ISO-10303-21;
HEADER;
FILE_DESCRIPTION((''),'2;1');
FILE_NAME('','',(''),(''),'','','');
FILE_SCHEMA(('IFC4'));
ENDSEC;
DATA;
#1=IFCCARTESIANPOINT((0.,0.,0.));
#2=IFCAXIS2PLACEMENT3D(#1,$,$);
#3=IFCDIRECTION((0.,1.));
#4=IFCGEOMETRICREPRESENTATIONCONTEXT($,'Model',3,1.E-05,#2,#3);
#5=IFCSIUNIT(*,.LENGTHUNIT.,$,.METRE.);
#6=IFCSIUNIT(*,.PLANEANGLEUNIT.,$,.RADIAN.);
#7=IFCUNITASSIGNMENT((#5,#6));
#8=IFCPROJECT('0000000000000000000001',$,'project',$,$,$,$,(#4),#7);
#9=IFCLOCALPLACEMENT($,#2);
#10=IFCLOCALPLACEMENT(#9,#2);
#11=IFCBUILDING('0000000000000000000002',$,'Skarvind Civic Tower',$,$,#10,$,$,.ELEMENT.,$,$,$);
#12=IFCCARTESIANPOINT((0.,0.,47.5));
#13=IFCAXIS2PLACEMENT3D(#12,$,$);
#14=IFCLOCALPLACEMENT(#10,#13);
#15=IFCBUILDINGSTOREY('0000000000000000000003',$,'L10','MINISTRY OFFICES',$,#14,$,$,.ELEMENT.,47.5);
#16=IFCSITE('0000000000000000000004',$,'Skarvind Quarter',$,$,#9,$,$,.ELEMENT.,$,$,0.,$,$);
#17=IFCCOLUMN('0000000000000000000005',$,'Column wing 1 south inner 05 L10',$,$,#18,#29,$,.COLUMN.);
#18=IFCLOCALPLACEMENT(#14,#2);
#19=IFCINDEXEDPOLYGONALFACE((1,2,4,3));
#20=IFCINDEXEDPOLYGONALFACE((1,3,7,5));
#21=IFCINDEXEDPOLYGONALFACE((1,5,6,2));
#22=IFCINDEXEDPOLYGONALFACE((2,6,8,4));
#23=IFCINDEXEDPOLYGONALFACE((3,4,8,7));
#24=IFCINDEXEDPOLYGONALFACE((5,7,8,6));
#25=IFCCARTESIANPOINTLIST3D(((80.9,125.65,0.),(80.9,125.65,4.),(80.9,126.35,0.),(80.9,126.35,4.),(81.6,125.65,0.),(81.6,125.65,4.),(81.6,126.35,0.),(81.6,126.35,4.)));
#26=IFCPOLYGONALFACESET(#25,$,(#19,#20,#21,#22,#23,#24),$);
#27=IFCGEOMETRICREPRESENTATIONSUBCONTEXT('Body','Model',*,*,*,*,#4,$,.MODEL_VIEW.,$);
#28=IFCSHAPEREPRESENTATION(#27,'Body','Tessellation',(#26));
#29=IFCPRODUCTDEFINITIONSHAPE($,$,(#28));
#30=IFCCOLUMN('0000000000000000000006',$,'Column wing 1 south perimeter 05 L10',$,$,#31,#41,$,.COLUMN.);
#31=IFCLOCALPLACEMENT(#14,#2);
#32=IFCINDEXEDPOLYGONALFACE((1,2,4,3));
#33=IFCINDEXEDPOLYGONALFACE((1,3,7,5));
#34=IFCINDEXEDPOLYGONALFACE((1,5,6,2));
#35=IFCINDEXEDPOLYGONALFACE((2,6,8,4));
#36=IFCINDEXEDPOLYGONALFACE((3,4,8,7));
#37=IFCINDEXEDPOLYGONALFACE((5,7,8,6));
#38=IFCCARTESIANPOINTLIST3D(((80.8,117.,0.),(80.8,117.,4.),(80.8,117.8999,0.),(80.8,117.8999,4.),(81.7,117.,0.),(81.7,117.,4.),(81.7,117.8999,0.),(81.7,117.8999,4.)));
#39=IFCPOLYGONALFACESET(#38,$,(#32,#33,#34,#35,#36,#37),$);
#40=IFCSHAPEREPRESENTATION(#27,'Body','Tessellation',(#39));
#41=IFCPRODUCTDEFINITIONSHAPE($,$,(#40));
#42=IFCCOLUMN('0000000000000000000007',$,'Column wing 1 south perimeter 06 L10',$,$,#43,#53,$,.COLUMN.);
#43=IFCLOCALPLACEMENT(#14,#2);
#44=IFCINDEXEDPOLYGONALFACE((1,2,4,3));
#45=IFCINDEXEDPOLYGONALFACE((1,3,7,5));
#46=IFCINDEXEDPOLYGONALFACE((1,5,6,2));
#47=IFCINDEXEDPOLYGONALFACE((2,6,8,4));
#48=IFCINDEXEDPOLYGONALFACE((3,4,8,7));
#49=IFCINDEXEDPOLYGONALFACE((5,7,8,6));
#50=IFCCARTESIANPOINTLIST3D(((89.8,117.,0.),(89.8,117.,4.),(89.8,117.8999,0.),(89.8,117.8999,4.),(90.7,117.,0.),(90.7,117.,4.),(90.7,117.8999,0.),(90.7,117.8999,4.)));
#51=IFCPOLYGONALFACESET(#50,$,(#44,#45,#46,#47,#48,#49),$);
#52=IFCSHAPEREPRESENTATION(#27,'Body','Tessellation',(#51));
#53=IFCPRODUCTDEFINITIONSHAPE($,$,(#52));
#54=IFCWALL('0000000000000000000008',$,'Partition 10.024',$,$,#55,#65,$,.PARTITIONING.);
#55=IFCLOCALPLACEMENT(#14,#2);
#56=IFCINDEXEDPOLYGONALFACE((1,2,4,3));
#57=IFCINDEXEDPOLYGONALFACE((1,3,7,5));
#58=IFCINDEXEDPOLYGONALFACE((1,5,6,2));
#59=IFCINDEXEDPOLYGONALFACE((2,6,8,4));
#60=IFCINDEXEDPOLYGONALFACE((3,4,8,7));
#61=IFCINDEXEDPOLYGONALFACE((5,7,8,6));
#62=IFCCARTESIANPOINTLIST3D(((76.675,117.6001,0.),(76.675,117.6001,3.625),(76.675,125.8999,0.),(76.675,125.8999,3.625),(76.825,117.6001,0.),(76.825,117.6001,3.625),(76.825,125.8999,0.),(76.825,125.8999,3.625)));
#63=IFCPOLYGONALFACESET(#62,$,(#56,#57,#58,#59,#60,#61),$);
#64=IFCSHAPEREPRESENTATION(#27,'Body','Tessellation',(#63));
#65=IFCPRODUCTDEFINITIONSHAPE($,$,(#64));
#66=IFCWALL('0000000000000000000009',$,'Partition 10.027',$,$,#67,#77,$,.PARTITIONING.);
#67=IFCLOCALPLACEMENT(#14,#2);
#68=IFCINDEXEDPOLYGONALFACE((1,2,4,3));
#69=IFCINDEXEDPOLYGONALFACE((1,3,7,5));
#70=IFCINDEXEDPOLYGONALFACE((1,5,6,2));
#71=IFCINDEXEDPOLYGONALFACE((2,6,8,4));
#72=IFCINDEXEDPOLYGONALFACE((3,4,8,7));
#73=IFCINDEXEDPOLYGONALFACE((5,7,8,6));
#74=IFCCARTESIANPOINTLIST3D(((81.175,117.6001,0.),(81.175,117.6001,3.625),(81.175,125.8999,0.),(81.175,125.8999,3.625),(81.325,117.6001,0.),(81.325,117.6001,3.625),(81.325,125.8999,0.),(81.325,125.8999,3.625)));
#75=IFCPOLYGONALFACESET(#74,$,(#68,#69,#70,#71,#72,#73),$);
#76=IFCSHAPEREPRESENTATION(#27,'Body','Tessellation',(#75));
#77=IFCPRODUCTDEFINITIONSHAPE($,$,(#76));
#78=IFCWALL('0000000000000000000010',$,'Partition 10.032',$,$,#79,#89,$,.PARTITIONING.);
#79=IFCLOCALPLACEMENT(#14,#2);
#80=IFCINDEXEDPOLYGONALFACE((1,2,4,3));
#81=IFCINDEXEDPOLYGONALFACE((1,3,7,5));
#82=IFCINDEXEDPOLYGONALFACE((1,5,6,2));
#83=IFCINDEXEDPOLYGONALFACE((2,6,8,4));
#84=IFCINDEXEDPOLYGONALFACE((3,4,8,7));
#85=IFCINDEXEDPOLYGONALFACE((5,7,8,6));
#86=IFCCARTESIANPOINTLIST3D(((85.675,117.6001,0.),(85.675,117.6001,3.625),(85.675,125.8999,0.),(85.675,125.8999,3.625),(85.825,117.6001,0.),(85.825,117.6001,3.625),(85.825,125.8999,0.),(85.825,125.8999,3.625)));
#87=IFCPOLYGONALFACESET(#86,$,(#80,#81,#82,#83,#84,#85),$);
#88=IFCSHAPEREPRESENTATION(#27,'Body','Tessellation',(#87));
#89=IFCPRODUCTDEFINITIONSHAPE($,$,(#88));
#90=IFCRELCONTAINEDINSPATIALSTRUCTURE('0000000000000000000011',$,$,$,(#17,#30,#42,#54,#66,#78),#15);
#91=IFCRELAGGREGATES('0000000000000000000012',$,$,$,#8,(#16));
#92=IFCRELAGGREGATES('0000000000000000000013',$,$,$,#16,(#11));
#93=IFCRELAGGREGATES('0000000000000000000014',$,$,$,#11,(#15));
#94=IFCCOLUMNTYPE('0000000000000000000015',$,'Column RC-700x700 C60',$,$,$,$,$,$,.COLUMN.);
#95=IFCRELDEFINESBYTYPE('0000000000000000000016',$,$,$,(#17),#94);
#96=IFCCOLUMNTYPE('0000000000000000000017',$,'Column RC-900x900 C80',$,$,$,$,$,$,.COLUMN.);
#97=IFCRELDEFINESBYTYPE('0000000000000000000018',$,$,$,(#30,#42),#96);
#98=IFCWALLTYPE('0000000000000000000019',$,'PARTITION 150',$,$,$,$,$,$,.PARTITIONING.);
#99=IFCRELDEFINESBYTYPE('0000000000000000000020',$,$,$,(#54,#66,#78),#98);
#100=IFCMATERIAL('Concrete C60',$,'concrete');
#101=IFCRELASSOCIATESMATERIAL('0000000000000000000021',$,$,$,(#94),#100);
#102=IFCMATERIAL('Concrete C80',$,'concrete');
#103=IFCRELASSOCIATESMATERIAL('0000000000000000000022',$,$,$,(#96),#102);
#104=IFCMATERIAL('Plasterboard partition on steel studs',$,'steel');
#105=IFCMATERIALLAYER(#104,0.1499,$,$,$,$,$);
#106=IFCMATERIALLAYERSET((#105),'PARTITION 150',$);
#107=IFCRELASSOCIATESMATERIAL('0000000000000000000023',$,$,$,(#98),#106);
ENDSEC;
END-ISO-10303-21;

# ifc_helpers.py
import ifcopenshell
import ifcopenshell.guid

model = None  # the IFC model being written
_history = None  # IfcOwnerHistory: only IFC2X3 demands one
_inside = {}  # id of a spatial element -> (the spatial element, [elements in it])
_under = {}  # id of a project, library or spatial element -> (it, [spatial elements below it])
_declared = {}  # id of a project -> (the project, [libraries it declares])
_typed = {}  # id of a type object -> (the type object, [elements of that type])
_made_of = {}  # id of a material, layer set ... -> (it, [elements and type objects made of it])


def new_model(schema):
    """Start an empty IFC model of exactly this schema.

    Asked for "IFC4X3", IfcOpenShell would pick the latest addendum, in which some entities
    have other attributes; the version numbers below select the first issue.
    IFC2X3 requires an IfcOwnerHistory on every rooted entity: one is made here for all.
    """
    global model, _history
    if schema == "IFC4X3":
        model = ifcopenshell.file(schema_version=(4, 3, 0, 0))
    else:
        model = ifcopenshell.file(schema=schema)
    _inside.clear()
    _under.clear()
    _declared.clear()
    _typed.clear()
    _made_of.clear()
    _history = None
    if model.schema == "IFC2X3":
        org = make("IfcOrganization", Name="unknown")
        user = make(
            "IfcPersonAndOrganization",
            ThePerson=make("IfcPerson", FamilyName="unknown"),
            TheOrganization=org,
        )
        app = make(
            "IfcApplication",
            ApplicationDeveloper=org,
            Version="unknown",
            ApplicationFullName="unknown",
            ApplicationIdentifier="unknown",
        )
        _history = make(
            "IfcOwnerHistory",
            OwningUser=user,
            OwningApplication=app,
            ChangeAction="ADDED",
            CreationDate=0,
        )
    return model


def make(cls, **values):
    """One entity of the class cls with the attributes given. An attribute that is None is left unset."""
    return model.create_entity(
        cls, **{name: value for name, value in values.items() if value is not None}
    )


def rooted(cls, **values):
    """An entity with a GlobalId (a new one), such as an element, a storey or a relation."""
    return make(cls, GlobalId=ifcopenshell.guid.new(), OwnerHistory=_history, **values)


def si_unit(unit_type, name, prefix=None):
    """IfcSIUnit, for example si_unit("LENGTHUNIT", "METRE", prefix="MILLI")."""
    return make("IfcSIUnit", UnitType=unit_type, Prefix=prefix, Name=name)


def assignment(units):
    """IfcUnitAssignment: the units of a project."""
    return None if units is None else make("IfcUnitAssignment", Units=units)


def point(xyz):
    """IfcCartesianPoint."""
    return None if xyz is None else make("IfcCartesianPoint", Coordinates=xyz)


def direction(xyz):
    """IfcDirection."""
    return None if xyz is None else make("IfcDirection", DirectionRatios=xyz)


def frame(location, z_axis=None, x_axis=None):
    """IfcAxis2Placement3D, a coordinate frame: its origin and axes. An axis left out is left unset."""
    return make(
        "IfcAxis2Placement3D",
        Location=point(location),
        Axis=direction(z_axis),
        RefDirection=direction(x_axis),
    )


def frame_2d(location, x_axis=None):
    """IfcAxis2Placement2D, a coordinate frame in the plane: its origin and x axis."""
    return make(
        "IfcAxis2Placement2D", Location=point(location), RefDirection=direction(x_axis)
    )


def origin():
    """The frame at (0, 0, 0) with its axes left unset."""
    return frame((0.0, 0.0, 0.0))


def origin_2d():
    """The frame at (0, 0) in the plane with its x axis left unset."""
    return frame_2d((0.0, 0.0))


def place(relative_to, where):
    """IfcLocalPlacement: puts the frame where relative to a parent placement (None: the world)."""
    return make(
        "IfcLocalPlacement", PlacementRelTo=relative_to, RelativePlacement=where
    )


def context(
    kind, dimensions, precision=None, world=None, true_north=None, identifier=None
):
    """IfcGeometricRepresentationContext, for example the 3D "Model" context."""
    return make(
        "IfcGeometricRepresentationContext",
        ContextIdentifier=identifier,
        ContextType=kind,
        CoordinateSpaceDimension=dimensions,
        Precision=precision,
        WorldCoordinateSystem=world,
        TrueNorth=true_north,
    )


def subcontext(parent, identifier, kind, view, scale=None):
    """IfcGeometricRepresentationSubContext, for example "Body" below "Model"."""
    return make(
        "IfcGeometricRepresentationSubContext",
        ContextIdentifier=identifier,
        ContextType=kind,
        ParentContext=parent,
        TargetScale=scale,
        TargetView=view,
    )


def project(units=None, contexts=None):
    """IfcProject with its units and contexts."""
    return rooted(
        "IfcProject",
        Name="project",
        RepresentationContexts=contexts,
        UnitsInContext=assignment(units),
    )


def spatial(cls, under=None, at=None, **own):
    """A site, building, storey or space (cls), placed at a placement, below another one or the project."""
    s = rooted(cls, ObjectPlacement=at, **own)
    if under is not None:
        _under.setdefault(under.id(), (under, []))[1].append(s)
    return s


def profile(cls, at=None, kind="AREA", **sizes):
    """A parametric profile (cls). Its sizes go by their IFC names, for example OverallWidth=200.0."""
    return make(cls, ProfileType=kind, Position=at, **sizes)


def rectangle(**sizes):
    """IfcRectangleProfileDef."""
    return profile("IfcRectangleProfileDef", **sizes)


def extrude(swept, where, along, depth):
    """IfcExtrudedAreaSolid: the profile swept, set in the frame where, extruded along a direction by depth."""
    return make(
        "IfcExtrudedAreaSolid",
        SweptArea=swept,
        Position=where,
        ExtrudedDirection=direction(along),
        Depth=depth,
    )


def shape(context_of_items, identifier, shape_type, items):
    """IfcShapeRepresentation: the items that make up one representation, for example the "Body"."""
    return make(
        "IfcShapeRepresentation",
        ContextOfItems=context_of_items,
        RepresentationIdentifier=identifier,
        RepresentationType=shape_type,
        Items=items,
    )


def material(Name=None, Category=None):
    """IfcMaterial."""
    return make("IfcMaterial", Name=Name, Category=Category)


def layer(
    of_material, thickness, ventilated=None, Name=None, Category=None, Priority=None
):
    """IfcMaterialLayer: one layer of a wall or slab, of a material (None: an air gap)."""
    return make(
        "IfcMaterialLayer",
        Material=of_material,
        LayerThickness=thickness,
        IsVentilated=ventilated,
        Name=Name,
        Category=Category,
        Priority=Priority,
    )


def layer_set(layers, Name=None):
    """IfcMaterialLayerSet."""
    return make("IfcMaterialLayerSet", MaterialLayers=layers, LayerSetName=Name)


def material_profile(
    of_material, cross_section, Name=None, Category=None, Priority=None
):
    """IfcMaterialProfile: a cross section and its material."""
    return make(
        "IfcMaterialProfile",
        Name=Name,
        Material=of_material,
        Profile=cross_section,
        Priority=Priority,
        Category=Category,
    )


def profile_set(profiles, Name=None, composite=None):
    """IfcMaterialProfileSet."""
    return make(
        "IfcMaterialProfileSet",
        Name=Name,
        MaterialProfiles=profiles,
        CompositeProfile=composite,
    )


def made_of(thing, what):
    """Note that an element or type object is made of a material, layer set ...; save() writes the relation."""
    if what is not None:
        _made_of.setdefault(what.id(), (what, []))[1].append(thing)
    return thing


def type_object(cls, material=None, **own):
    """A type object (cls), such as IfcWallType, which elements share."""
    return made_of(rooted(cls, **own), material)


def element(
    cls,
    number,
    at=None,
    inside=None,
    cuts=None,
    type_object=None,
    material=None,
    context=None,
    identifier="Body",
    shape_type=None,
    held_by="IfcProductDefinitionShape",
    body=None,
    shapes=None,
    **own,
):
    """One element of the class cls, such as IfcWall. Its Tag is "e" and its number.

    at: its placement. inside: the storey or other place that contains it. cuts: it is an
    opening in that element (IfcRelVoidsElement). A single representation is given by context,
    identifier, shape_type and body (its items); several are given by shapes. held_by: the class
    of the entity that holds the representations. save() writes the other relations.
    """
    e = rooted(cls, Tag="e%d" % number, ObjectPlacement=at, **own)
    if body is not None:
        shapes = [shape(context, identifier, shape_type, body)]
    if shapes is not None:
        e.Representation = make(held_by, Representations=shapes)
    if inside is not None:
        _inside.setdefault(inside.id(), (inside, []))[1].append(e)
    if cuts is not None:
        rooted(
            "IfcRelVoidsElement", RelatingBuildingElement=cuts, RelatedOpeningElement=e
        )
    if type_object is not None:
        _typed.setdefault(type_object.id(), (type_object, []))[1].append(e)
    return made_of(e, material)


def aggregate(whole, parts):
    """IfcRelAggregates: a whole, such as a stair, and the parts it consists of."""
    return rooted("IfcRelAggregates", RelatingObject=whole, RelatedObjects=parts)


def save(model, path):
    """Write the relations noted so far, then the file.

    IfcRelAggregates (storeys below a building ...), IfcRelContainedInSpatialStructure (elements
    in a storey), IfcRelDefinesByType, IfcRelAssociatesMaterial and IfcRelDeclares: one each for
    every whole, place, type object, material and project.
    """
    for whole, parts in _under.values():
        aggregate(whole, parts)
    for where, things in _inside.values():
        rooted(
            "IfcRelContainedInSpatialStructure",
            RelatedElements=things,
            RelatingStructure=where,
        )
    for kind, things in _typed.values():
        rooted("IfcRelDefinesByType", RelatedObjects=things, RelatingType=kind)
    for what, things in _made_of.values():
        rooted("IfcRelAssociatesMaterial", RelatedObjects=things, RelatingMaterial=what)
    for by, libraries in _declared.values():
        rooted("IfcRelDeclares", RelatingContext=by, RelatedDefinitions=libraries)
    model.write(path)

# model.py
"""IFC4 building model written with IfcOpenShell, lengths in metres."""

from ifc_helpers import new_model, si_unit, direction, frame, frame_2d, origin, origin_2d, place, context, subcontext, project, spatial, rectangle, extrude, material, layer, layer_set, material_profile, profile_set, type_object, element, save


model = new_model("IFC4")

# Units and contexts
model_context = context("Model", 3, precision=1e-05, world=origin(), true_north=direction((0.0, 1.0)))
body_context = subcontext(model_context, "Body", "Model", "MODEL_VIEW")
ifc_project = project(units=[si_unit("LENGTHUNIT", "METRE"), si_unit("PLANEANGLEUNIT", "RADIAN")], contexts=[model_context])

# Site, building, storey
site_placement = place(None, origin())
site = spatial("IfcSite", under=ifc_project, at=site_placement, Name="Skarvind Quarter", CompositionType="ELEMENT", RefElevation=0.0)
building_placement = place(site_placement, origin())
building = spatial("IfcBuilding", under=site, at=building_placement, Name="Skarvind Civic Tower", CompositionType="ELEMENT")
storey_placement = place(building_placement, frame((0.0, 0.0, 47.5)))
storey = spatial("IfcBuildingStorey", under=building, at=storey_placement, Name="L10", Description="MINISTRY OFFICES", CompositionType="ELEMENT", Elevation=47.5)

# Columns
ifc_material_1 = material(Name="Concrete C60", Category="concrete")
ifc_material_profile_1 = material_profile(ifc_material_1, rectangle(XDim=0.7, YDim=0.7, at=origin_2d()), Name="RC-700x700")
ifc_profile_set_1 = profile_set([ifc_material_profile_1], Name="Concrete C60")
column_type_1 = type_object("IfcColumnType", Name="Column RC-700x700 C60", PredefinedType="COLUMN", material=ifc_profile_set_1)
column_placement = place(storey_placement, frame((81.25, 126.0, 0.0), z_axis=(0.0, 0.0, 1.0), x_axis=(1.0, 0.0, 0.0)))
element("IfcColumn", 1, at=column_placement, inside=storey, type_object=column_type_1, Name="Column wing 1 south inner 05 L10", PredefinedType="COLUMN", context=body_context, shape_type="SweptSolid", body=[
    extrude(rectangle(XDim=0.7, YDim=0.7, at=origin_2d()), origin(), (0.0, 0.0, 1.0), 4.0),
])
ifc_material_2 = material(Name="Concrete C80", Category="concrete")
ifc_material_profile_2 = material_profile(ifc_material_2, rectangle(XDim=0.8999, YDim=0.8999, at=origin_2d()), Name="RC-900x900")
ifc_profile_set_2 = profile_set([ifc_material_profile_2], Name="Concrete C80")
column_type_2 = type_object("IfcColumnType", Name="Column RC-900x900 C80", PredefinedType="COLUMN", material=ifc_profile_set_2)
for number, where, z_axis, x_axis, name in (
    (2, (81.25, 117.45, 0.0), (0.0, 0.0, 1.0), (1.0, 0.0, 0.0), "Column wing 1 south perimeter 05 L10"),
    (3, (90.25, 117.45, 0.0), (0.0, 0.0, 1.0), (1.0, 0.0, 0.0), "Column wing 1 south perimeter 06 L10"),
):
    element("IfcColumn", number, at=place(storey_placement, frame(where, z_axis=z_axis, x_axis=x_axis)), inside=storey, type_object=column_type_2, Name=name, PredefinedType="COLUMN", context=body_context, shape_type="SweptSolid", body=[
        extrude(rectangle(XDim=0.8999, YDim=0.8999, at=origin_2d()), origin(), (0.0, 0.0, 1.0), 4.0),
    ])

# Walls
ifc_material_3 = material(Name="Plasterboard partition on steel studs", Category="steel")
ifc_layer_1 = layer(ifc_material_3, 0.1499)
ifc_layer_set_1 = layer_set([ifc_layer_1], Name="PARTITION 150")
wall_type_1 = type_object("IfcWallType", Name="PARTITION 150", PredefinedType="PARTITIONING", material=ifc_layer_set_1)
for number, where, z_axis, x_axis, name in (
    (4, (76.75, 117.6001, 0.0), (0.0, 0.0, 1.0), (0.0, 1.0, 0.0), "Partition 10.024"),
    (5, (81.25, 117.6001, 0.0), (0.0, 0.0, 1.0), (0.0, 1.0, 0.0), "Partition 10.027"),
    (6, (85.75, 117.6001, 0.0), (0.0, 0.0, 1.0), (0.0, 1.0, 0.0), "Partition 10.032"),
):
    element("IfcWall", number, at=place(storey_placement, frame(where, z_axis=z_axis, x_axis=x_axis)), inside=storey, type_object=wall_type_1, Name=name, PredefinedType="PARTITIONING", context=body_context, shape_type="SweptSolid", body=[
        extrude(rectangle(XDim=8.2998, YDim=0.1499, at=frame_2d((4.1499, 0.0))), origin(), (0.0, 0.0, 1.0), 3.625),
    ])

save(model, "model.ifc")
